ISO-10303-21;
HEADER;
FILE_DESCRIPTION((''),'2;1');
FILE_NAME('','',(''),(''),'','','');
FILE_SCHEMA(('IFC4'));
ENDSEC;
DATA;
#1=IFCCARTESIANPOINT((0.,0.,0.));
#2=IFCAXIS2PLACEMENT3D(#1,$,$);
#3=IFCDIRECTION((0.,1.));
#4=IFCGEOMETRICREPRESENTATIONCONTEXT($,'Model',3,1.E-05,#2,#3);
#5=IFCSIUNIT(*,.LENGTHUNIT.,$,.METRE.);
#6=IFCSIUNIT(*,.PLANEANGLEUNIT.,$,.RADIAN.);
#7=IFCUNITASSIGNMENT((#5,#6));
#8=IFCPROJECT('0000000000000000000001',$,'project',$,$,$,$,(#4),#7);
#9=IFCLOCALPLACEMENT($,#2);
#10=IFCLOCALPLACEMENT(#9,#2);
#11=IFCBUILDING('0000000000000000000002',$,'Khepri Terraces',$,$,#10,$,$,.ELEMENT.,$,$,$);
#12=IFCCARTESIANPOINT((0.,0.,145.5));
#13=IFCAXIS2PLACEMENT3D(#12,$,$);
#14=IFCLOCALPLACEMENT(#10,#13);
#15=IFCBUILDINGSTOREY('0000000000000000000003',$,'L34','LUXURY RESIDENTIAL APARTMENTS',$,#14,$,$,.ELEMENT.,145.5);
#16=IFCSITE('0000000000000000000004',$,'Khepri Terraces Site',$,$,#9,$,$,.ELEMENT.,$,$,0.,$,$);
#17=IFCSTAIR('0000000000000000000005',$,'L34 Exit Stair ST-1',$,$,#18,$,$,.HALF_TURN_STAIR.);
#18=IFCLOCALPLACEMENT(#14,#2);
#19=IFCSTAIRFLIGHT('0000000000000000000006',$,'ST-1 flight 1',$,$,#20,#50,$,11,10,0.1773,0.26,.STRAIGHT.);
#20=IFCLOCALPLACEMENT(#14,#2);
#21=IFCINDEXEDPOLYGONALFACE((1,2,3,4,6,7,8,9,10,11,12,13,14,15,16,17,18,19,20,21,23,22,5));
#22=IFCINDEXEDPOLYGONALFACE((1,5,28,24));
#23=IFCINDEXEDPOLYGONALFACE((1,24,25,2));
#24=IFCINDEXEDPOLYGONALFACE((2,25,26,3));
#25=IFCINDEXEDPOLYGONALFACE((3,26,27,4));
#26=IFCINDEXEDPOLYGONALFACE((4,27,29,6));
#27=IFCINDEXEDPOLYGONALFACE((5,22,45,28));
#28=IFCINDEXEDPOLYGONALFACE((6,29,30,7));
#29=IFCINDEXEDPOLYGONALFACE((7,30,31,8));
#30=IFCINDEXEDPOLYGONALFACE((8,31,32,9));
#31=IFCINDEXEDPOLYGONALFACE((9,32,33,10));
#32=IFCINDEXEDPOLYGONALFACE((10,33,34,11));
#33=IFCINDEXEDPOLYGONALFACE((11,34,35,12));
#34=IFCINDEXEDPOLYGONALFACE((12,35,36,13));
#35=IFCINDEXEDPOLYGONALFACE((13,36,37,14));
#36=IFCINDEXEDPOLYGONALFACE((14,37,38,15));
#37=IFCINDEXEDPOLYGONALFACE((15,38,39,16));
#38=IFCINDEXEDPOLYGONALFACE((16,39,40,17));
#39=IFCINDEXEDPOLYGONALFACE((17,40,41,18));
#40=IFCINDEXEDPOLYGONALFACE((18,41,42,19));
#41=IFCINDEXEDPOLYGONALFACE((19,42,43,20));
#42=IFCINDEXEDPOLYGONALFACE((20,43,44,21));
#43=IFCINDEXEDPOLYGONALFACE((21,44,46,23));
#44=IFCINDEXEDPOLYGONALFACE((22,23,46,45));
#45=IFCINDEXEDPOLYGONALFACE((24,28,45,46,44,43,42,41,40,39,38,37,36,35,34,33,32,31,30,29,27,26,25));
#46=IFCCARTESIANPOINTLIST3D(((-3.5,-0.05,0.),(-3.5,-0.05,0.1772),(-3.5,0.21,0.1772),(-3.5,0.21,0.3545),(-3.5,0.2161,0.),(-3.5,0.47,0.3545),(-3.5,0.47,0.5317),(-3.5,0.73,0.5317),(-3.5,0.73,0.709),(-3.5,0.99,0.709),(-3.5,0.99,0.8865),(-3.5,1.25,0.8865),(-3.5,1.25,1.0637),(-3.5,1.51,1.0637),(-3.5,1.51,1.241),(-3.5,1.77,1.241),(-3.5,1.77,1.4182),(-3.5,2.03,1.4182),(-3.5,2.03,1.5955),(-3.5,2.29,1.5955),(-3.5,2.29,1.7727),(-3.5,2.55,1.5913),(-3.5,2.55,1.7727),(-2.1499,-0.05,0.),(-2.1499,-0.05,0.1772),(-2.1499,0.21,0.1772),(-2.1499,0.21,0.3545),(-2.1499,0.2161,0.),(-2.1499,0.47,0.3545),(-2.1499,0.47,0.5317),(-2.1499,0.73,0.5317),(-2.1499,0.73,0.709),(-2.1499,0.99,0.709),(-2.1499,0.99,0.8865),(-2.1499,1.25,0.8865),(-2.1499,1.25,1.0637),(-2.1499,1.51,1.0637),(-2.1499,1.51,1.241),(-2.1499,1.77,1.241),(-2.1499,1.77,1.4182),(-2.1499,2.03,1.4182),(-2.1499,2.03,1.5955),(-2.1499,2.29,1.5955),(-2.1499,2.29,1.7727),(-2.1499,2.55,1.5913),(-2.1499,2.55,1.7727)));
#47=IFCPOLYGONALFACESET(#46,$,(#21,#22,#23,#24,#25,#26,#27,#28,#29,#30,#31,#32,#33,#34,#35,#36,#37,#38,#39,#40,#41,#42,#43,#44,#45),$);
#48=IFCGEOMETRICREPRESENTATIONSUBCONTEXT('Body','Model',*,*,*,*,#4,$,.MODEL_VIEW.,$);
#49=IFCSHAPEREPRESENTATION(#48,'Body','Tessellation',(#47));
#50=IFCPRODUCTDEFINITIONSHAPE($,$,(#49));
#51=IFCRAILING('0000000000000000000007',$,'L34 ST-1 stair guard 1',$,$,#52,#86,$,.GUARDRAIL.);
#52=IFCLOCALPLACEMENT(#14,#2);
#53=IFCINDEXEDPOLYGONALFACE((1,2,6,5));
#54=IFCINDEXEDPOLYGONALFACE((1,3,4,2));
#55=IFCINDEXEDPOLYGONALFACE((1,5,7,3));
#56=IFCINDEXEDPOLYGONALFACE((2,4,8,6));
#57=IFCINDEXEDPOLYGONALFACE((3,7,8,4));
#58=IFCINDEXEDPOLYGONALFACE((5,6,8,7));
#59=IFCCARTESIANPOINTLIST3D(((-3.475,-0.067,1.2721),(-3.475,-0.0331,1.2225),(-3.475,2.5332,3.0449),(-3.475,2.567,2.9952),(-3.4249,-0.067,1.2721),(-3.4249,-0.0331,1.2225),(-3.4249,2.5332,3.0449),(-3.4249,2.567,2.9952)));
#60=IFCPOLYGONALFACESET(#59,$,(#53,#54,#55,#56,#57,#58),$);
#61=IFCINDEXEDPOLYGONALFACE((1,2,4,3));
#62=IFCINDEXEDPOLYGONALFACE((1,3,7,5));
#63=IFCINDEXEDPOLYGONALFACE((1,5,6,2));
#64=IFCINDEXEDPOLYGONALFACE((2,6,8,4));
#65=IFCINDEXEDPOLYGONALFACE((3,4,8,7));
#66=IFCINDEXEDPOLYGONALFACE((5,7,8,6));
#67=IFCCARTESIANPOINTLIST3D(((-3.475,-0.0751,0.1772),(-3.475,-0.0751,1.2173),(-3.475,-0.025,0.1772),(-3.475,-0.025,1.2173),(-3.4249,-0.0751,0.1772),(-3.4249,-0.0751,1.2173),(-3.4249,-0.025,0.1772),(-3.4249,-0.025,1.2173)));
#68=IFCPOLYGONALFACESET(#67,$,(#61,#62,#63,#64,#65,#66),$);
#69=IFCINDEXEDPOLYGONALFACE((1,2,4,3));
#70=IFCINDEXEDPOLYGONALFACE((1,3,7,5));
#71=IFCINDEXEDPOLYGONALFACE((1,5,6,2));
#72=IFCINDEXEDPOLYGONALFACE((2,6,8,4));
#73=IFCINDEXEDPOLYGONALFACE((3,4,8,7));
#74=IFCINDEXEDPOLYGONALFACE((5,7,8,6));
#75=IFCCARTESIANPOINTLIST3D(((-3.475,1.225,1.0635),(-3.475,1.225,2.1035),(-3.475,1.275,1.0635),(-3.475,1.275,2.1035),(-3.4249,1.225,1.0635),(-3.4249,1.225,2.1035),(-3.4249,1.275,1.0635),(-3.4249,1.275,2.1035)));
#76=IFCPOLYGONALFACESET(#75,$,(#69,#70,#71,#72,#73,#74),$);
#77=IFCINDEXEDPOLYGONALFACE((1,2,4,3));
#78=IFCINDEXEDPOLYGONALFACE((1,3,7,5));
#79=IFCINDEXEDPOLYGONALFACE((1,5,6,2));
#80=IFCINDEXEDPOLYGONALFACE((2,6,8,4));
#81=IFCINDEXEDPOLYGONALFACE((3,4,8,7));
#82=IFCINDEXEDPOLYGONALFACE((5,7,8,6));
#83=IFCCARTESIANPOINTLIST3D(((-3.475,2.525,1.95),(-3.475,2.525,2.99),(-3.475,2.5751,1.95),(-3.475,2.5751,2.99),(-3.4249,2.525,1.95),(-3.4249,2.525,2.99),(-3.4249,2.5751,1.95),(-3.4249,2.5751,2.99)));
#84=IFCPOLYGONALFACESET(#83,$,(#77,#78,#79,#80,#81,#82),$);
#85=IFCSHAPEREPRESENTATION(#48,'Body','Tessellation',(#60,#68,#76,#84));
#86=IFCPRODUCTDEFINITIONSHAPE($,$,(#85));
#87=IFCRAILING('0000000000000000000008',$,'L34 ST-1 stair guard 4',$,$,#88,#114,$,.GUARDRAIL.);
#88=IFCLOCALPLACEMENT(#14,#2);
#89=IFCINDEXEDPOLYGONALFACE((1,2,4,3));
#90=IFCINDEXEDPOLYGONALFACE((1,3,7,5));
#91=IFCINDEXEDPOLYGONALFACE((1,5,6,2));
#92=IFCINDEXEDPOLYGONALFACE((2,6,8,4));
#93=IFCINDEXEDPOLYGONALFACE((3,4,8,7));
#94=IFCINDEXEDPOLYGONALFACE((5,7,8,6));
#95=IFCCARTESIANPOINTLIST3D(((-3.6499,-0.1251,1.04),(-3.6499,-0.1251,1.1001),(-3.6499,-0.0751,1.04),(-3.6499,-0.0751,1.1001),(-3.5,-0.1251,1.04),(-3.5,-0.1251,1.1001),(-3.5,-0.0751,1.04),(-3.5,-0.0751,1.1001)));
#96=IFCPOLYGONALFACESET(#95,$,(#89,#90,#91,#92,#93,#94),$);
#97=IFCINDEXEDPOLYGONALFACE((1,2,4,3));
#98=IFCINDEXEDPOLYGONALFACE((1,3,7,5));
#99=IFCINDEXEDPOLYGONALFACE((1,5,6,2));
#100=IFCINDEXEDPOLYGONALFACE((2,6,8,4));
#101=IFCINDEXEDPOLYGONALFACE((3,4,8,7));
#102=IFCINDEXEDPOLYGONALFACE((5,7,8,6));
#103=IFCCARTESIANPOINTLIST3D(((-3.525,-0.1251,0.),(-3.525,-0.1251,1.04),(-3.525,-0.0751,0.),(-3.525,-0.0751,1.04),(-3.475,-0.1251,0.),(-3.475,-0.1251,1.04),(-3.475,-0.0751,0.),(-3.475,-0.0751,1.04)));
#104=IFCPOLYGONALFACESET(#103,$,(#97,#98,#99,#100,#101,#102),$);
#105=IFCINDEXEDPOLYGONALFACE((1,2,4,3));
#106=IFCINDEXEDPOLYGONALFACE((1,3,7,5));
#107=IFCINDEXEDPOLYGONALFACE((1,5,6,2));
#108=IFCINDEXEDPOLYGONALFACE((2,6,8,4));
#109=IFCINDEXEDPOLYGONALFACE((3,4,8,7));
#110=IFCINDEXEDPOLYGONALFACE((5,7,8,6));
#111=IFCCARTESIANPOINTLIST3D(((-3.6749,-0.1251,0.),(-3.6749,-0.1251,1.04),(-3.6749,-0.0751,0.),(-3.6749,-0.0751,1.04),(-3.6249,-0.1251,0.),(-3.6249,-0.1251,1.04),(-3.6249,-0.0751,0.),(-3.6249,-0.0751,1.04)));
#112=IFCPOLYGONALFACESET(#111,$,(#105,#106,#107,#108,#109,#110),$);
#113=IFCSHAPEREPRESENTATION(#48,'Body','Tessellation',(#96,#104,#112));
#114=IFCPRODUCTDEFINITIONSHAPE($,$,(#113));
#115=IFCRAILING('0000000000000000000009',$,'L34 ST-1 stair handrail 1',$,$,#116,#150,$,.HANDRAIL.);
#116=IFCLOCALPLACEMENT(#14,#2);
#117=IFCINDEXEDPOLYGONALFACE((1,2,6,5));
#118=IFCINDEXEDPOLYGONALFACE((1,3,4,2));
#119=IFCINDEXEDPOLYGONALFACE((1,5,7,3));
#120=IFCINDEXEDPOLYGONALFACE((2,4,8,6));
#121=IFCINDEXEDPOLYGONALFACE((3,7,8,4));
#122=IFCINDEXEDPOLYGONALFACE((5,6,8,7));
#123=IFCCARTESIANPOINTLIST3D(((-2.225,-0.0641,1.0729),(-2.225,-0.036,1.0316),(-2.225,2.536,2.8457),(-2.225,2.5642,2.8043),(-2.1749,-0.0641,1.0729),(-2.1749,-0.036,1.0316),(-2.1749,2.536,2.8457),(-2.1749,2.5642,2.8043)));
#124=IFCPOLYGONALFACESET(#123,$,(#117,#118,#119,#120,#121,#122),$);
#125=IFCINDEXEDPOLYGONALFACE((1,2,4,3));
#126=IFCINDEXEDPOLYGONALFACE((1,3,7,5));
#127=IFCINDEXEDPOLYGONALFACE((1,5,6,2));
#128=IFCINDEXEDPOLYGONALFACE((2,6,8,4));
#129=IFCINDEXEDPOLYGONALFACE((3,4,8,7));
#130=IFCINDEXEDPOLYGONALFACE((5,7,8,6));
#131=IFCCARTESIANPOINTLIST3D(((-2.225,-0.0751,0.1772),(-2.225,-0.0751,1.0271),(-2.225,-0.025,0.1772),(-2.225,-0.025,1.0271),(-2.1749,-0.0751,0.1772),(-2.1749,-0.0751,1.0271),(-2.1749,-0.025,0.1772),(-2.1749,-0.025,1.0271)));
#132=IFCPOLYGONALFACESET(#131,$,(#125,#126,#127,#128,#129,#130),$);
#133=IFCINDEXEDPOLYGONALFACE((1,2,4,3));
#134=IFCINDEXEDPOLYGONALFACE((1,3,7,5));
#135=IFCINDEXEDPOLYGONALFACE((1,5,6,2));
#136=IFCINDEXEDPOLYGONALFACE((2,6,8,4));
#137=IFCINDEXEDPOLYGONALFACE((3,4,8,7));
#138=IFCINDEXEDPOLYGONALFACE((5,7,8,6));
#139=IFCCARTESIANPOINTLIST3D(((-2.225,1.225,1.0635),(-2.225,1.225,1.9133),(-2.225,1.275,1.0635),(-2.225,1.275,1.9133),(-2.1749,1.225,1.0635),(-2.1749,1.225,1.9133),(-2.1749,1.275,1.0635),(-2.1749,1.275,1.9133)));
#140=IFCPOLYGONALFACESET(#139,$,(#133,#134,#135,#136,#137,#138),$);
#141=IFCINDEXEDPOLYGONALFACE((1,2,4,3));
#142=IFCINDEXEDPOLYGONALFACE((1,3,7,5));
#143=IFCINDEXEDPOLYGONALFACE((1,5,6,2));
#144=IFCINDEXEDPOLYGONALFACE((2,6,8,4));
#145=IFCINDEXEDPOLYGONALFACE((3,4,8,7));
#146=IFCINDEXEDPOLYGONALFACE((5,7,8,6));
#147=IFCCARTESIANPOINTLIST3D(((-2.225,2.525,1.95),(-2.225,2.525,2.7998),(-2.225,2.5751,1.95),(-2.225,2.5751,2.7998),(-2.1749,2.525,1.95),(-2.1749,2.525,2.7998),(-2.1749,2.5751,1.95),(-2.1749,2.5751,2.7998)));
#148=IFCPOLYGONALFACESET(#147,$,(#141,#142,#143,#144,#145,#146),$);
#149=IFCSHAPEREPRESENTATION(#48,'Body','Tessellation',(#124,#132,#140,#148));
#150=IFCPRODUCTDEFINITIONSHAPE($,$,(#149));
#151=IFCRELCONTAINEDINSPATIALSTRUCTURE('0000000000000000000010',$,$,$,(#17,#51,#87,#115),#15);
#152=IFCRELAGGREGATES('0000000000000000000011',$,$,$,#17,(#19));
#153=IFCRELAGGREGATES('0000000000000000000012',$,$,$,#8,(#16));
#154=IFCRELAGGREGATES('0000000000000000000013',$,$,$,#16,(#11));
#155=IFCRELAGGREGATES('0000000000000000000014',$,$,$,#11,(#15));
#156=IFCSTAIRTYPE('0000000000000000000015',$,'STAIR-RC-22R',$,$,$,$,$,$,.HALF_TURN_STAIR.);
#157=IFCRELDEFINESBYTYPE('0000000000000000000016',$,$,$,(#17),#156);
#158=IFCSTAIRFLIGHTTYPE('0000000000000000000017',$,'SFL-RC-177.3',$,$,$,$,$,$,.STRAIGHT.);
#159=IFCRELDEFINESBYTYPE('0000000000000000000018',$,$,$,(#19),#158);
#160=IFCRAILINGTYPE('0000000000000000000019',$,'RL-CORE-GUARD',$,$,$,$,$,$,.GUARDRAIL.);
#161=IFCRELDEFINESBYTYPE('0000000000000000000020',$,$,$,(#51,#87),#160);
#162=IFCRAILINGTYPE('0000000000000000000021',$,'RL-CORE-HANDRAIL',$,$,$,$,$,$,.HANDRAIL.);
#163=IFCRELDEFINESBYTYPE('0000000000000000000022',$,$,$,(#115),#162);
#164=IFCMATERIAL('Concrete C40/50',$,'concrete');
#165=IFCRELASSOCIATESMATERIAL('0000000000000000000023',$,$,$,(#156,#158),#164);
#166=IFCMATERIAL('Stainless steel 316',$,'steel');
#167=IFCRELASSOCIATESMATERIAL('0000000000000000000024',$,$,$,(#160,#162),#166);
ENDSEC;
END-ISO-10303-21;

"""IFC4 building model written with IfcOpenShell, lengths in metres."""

from ifc_helpers import new_model, si_unit, direction, frame, origin, origin_2d, place, context, subcontext, project, spatial, polyline, rectangle, outline, extrude, material, type_object, element, aggregate, save


model = new_model("IFC4")

# Units and contexts
model_context = context("Model", 3, precision=1e-05, world=origin(), true_north=direction((0.0, 1.0)))
body_context = subcontext(model_context, "Body", "Model", "MODEL_VIEW")
ifc_project = project(units=[si_unit("LENGTHUNIT", "METRE"), si_unit("PLANEANGLEUNIT", "RADIAN")], contexts=[model_context])

# Site, building, storey
site_placement = place(None, origin())
site = spatial("IfcSite", under=ifc_project, at=site_placement, Name="Khepri Terraces Site", CompositionType="ELEMENT", RefElevation=0.0)
building_placement = place(site_placement, origin())
building = spatial("IfcBuilding", under=site, at=building_placement, Name="Khepri Terraces", CompositionType="ELEMENT")
storey_placement = place(building_placement, frame((0.0, 0.0, 145.5)))
storey = spatial("IfcBuildingStorey", under=building, at=storey_placement, Name="L34", Description="LUXURY RESIDENTIAL APARTMENTS", CompositionType="ELEMENT", Elevation=145.5)

# Stair, stair flight
ifc_material_1 = material(Name="Concrete C40/50", Category="concrete")
stair_type = type_object("IfcStairType", Name="STAIR-RC-22R", PredefinedType="HALF_TURN_STAIR", material=ifc_material_1)
stair_placement = place(storey_placement, origin())
stair = element("IfcStair", 1, at=stair_placement, inside=storey, type_object=stair_type, Name="L34 Exit Stair ST-1", PredefinedType="HALF_TURN_STAIR")
stair_flight_type = type_object("IfcStairFlightType", Name="SFL-RC-177.3", PredefinedType="STRAIGHT", material=ifc_material_1)
stair_flight_placement = place(storey_placement, frame((-2.825, -0.05, 0.0), z_axis=(0.0, 0.0, 1.0), x_axis=(0.0, 1.0, 0.0)))
stair_flight = element("IfcStairFlight", 2, at=stair_flight_placement, type_object=stair_flight_type, Name="ST-1 flight 1", NumberOfRisers=11, NumberOfTreads=10, PredefinedType="STRAIGHT", RiserHeight=0.1773, TreadLength=0.26, context=body_context, shape_type="SweptSolid", body=[
    extrude(outline(polyline([(0.0, 0.0), (0.0, 0.1772), (0.26, 0.1772), (0.26, 0.3545), (0.52, 0.3545), (0.52, 0.5317), (0.78, 0.5317), (0.78, 0.709), (1.04, 0.709), (1.04, 0.8865), (1.3, 0.8865), (1.3, 1.0637), (1.5601, 1.0637), (1.5601, 1.241), (1.8201, 1.241), (1.8201, 1.4182), (2.0801, 1.4182), (2.0801, 1.5955), (2.3401, 1.5955), (2.3401, 1.7727), (2.6001, 1.7727), (2.6001, 1.95), (2.6001, 1.5913), (0.2661, 0.0), (0.0, 0.0)])), frame((0.0, 0.675, 0.0), z_axis=(0.0, -1.0, 0.0), x_axis=(1.0, 0.0, 0.0)), (0.0, 0.0, 1.0), 1.3501),
])
aggregate(stair, [stair_flight])

# Railings
ifc_material_2 = material(Name="Stainless steel 316", Category="steel")
railing_type_1 = type_object("IfcRailingType", Name="RL-CORE-GUARD", PredefinedType="GUARDRAIL", material=ifc_material_2)
railing_1_placement = place(storey_placement, frame((-3.45, -0.05, 0.1772)))
element("IfcRailing", 3, at=railing_1_placement, inside=storey, type_object=railing_type_1, Name="L34 ST-1 stair guard 1", PredefinedType="GUARDRAIL", context=body_context, shape_type="SweptSolid", body=[
    extrude(rectangle(XDim=0.05, YDim=0.0601, at=origin_2d()), frame((0.0, 0.0, 1.0701), z_axis=(0.0, 0.82624, 0.563318), x_axis=(-1.0, 0.0, 0.0)), (0.0, 0.0, 1.0), 3.147),
    extrude(rectangle(XDim=0.05, YDim=0.05, at=origin_2d()), origin(), (0.0, 0.0, 1.0), 1.04),
    extrude(rectangle(XDim=0.05, YDim=0.05, at=origin_2d()), frame((0.0, 1.3, 0.8862)), (0.0, 0.0, 1.0), 1.04),
    extrude(rectangle(XDim=0.05, YDim=0.05, at=origin_2d()), frame((0.0, 2.6001, 1.7727)), (0.0, 0.0, 1.0), 1.04),
])
railing_2_placement = place(storey_placement, frame((-3.5, -0.1001, 0.0)))
element("IfcRailing", 4, at=railing_2_placement, inside=storey, type_object=railing_type_1, Name="L34 ST-1 stair guard 4", PredefinedType="GUARDRAIL", context=body_context, shape_type="SweptSolid", body=[
    extrude(rectangle(XDim=0.05, YDim=0.0601, at=origin_2d()), frame((0.0, 0.0, 1.0701), z_axis=(-1.0, 0.0, 0.0), x_axis=(0.0, -1.0, 0.0)), (0.0, 0.0, 1.0), 0.1499),
    extrude(rectangle(XDim=0.05, YDim=0.05, at=origin_2d()), origin(), (0.0, 0.0, 1.0), 1.04),
    extrude(rectangle(XDim=0.05, YDim=0.05, at=origin_2d()), frame((-0.1499, 0.0, 0.0)), (0.0, 0.0, 1.0), 1.04),
])
railing_type_2 = type_object("IfcRailingType", Name="RL-CORE-HANDRAIL", PredefinedType="HANDRAIL", material=ifc_material_2)
railing_3_placement = place(storey_placement, frame((-2.2, -0.05, 0.1772)))
element("IfcRailing", 5, at=railing_3_placement, inside=storey, type_object=railing_type_2, Name="L34 ST-1 stair handrail 1", PredefinedType="HANDRAIL", context=body_context, shape_type="SweptSolid", body=[
    extrude(rectangle(XDim=0.05, YDim=0.05, at=origin_2d()), frame((0.0, 0.0, 0.875), z_axis=(0.0, 0.82624, 0.563318), x_axis=(-1.0, 0.0, 0.0)), (0.0, 0.0, 1.0), 3.147),
    extrude(rectangle(XDim=0.05, YDim=0.05, at=origin_2d()), origin(), (0.0, 0.0, 1.0), 0.8499),
    extrude(rectangle(XDim=0.05, YDim=0.05, at=origin_2d()), frame((0.0, 1.3, 0.8862)), (0.0, 0.0, 1.0), 0.8499),
    extrude(rectangle(XDim=0.05, YDim=0.05, at=origin_2d()), frame((0.0, 2.6001, 1.7727)), (0.0, 0.0, 1.0), 0.8499),
])

save(model, "model.ifc")
